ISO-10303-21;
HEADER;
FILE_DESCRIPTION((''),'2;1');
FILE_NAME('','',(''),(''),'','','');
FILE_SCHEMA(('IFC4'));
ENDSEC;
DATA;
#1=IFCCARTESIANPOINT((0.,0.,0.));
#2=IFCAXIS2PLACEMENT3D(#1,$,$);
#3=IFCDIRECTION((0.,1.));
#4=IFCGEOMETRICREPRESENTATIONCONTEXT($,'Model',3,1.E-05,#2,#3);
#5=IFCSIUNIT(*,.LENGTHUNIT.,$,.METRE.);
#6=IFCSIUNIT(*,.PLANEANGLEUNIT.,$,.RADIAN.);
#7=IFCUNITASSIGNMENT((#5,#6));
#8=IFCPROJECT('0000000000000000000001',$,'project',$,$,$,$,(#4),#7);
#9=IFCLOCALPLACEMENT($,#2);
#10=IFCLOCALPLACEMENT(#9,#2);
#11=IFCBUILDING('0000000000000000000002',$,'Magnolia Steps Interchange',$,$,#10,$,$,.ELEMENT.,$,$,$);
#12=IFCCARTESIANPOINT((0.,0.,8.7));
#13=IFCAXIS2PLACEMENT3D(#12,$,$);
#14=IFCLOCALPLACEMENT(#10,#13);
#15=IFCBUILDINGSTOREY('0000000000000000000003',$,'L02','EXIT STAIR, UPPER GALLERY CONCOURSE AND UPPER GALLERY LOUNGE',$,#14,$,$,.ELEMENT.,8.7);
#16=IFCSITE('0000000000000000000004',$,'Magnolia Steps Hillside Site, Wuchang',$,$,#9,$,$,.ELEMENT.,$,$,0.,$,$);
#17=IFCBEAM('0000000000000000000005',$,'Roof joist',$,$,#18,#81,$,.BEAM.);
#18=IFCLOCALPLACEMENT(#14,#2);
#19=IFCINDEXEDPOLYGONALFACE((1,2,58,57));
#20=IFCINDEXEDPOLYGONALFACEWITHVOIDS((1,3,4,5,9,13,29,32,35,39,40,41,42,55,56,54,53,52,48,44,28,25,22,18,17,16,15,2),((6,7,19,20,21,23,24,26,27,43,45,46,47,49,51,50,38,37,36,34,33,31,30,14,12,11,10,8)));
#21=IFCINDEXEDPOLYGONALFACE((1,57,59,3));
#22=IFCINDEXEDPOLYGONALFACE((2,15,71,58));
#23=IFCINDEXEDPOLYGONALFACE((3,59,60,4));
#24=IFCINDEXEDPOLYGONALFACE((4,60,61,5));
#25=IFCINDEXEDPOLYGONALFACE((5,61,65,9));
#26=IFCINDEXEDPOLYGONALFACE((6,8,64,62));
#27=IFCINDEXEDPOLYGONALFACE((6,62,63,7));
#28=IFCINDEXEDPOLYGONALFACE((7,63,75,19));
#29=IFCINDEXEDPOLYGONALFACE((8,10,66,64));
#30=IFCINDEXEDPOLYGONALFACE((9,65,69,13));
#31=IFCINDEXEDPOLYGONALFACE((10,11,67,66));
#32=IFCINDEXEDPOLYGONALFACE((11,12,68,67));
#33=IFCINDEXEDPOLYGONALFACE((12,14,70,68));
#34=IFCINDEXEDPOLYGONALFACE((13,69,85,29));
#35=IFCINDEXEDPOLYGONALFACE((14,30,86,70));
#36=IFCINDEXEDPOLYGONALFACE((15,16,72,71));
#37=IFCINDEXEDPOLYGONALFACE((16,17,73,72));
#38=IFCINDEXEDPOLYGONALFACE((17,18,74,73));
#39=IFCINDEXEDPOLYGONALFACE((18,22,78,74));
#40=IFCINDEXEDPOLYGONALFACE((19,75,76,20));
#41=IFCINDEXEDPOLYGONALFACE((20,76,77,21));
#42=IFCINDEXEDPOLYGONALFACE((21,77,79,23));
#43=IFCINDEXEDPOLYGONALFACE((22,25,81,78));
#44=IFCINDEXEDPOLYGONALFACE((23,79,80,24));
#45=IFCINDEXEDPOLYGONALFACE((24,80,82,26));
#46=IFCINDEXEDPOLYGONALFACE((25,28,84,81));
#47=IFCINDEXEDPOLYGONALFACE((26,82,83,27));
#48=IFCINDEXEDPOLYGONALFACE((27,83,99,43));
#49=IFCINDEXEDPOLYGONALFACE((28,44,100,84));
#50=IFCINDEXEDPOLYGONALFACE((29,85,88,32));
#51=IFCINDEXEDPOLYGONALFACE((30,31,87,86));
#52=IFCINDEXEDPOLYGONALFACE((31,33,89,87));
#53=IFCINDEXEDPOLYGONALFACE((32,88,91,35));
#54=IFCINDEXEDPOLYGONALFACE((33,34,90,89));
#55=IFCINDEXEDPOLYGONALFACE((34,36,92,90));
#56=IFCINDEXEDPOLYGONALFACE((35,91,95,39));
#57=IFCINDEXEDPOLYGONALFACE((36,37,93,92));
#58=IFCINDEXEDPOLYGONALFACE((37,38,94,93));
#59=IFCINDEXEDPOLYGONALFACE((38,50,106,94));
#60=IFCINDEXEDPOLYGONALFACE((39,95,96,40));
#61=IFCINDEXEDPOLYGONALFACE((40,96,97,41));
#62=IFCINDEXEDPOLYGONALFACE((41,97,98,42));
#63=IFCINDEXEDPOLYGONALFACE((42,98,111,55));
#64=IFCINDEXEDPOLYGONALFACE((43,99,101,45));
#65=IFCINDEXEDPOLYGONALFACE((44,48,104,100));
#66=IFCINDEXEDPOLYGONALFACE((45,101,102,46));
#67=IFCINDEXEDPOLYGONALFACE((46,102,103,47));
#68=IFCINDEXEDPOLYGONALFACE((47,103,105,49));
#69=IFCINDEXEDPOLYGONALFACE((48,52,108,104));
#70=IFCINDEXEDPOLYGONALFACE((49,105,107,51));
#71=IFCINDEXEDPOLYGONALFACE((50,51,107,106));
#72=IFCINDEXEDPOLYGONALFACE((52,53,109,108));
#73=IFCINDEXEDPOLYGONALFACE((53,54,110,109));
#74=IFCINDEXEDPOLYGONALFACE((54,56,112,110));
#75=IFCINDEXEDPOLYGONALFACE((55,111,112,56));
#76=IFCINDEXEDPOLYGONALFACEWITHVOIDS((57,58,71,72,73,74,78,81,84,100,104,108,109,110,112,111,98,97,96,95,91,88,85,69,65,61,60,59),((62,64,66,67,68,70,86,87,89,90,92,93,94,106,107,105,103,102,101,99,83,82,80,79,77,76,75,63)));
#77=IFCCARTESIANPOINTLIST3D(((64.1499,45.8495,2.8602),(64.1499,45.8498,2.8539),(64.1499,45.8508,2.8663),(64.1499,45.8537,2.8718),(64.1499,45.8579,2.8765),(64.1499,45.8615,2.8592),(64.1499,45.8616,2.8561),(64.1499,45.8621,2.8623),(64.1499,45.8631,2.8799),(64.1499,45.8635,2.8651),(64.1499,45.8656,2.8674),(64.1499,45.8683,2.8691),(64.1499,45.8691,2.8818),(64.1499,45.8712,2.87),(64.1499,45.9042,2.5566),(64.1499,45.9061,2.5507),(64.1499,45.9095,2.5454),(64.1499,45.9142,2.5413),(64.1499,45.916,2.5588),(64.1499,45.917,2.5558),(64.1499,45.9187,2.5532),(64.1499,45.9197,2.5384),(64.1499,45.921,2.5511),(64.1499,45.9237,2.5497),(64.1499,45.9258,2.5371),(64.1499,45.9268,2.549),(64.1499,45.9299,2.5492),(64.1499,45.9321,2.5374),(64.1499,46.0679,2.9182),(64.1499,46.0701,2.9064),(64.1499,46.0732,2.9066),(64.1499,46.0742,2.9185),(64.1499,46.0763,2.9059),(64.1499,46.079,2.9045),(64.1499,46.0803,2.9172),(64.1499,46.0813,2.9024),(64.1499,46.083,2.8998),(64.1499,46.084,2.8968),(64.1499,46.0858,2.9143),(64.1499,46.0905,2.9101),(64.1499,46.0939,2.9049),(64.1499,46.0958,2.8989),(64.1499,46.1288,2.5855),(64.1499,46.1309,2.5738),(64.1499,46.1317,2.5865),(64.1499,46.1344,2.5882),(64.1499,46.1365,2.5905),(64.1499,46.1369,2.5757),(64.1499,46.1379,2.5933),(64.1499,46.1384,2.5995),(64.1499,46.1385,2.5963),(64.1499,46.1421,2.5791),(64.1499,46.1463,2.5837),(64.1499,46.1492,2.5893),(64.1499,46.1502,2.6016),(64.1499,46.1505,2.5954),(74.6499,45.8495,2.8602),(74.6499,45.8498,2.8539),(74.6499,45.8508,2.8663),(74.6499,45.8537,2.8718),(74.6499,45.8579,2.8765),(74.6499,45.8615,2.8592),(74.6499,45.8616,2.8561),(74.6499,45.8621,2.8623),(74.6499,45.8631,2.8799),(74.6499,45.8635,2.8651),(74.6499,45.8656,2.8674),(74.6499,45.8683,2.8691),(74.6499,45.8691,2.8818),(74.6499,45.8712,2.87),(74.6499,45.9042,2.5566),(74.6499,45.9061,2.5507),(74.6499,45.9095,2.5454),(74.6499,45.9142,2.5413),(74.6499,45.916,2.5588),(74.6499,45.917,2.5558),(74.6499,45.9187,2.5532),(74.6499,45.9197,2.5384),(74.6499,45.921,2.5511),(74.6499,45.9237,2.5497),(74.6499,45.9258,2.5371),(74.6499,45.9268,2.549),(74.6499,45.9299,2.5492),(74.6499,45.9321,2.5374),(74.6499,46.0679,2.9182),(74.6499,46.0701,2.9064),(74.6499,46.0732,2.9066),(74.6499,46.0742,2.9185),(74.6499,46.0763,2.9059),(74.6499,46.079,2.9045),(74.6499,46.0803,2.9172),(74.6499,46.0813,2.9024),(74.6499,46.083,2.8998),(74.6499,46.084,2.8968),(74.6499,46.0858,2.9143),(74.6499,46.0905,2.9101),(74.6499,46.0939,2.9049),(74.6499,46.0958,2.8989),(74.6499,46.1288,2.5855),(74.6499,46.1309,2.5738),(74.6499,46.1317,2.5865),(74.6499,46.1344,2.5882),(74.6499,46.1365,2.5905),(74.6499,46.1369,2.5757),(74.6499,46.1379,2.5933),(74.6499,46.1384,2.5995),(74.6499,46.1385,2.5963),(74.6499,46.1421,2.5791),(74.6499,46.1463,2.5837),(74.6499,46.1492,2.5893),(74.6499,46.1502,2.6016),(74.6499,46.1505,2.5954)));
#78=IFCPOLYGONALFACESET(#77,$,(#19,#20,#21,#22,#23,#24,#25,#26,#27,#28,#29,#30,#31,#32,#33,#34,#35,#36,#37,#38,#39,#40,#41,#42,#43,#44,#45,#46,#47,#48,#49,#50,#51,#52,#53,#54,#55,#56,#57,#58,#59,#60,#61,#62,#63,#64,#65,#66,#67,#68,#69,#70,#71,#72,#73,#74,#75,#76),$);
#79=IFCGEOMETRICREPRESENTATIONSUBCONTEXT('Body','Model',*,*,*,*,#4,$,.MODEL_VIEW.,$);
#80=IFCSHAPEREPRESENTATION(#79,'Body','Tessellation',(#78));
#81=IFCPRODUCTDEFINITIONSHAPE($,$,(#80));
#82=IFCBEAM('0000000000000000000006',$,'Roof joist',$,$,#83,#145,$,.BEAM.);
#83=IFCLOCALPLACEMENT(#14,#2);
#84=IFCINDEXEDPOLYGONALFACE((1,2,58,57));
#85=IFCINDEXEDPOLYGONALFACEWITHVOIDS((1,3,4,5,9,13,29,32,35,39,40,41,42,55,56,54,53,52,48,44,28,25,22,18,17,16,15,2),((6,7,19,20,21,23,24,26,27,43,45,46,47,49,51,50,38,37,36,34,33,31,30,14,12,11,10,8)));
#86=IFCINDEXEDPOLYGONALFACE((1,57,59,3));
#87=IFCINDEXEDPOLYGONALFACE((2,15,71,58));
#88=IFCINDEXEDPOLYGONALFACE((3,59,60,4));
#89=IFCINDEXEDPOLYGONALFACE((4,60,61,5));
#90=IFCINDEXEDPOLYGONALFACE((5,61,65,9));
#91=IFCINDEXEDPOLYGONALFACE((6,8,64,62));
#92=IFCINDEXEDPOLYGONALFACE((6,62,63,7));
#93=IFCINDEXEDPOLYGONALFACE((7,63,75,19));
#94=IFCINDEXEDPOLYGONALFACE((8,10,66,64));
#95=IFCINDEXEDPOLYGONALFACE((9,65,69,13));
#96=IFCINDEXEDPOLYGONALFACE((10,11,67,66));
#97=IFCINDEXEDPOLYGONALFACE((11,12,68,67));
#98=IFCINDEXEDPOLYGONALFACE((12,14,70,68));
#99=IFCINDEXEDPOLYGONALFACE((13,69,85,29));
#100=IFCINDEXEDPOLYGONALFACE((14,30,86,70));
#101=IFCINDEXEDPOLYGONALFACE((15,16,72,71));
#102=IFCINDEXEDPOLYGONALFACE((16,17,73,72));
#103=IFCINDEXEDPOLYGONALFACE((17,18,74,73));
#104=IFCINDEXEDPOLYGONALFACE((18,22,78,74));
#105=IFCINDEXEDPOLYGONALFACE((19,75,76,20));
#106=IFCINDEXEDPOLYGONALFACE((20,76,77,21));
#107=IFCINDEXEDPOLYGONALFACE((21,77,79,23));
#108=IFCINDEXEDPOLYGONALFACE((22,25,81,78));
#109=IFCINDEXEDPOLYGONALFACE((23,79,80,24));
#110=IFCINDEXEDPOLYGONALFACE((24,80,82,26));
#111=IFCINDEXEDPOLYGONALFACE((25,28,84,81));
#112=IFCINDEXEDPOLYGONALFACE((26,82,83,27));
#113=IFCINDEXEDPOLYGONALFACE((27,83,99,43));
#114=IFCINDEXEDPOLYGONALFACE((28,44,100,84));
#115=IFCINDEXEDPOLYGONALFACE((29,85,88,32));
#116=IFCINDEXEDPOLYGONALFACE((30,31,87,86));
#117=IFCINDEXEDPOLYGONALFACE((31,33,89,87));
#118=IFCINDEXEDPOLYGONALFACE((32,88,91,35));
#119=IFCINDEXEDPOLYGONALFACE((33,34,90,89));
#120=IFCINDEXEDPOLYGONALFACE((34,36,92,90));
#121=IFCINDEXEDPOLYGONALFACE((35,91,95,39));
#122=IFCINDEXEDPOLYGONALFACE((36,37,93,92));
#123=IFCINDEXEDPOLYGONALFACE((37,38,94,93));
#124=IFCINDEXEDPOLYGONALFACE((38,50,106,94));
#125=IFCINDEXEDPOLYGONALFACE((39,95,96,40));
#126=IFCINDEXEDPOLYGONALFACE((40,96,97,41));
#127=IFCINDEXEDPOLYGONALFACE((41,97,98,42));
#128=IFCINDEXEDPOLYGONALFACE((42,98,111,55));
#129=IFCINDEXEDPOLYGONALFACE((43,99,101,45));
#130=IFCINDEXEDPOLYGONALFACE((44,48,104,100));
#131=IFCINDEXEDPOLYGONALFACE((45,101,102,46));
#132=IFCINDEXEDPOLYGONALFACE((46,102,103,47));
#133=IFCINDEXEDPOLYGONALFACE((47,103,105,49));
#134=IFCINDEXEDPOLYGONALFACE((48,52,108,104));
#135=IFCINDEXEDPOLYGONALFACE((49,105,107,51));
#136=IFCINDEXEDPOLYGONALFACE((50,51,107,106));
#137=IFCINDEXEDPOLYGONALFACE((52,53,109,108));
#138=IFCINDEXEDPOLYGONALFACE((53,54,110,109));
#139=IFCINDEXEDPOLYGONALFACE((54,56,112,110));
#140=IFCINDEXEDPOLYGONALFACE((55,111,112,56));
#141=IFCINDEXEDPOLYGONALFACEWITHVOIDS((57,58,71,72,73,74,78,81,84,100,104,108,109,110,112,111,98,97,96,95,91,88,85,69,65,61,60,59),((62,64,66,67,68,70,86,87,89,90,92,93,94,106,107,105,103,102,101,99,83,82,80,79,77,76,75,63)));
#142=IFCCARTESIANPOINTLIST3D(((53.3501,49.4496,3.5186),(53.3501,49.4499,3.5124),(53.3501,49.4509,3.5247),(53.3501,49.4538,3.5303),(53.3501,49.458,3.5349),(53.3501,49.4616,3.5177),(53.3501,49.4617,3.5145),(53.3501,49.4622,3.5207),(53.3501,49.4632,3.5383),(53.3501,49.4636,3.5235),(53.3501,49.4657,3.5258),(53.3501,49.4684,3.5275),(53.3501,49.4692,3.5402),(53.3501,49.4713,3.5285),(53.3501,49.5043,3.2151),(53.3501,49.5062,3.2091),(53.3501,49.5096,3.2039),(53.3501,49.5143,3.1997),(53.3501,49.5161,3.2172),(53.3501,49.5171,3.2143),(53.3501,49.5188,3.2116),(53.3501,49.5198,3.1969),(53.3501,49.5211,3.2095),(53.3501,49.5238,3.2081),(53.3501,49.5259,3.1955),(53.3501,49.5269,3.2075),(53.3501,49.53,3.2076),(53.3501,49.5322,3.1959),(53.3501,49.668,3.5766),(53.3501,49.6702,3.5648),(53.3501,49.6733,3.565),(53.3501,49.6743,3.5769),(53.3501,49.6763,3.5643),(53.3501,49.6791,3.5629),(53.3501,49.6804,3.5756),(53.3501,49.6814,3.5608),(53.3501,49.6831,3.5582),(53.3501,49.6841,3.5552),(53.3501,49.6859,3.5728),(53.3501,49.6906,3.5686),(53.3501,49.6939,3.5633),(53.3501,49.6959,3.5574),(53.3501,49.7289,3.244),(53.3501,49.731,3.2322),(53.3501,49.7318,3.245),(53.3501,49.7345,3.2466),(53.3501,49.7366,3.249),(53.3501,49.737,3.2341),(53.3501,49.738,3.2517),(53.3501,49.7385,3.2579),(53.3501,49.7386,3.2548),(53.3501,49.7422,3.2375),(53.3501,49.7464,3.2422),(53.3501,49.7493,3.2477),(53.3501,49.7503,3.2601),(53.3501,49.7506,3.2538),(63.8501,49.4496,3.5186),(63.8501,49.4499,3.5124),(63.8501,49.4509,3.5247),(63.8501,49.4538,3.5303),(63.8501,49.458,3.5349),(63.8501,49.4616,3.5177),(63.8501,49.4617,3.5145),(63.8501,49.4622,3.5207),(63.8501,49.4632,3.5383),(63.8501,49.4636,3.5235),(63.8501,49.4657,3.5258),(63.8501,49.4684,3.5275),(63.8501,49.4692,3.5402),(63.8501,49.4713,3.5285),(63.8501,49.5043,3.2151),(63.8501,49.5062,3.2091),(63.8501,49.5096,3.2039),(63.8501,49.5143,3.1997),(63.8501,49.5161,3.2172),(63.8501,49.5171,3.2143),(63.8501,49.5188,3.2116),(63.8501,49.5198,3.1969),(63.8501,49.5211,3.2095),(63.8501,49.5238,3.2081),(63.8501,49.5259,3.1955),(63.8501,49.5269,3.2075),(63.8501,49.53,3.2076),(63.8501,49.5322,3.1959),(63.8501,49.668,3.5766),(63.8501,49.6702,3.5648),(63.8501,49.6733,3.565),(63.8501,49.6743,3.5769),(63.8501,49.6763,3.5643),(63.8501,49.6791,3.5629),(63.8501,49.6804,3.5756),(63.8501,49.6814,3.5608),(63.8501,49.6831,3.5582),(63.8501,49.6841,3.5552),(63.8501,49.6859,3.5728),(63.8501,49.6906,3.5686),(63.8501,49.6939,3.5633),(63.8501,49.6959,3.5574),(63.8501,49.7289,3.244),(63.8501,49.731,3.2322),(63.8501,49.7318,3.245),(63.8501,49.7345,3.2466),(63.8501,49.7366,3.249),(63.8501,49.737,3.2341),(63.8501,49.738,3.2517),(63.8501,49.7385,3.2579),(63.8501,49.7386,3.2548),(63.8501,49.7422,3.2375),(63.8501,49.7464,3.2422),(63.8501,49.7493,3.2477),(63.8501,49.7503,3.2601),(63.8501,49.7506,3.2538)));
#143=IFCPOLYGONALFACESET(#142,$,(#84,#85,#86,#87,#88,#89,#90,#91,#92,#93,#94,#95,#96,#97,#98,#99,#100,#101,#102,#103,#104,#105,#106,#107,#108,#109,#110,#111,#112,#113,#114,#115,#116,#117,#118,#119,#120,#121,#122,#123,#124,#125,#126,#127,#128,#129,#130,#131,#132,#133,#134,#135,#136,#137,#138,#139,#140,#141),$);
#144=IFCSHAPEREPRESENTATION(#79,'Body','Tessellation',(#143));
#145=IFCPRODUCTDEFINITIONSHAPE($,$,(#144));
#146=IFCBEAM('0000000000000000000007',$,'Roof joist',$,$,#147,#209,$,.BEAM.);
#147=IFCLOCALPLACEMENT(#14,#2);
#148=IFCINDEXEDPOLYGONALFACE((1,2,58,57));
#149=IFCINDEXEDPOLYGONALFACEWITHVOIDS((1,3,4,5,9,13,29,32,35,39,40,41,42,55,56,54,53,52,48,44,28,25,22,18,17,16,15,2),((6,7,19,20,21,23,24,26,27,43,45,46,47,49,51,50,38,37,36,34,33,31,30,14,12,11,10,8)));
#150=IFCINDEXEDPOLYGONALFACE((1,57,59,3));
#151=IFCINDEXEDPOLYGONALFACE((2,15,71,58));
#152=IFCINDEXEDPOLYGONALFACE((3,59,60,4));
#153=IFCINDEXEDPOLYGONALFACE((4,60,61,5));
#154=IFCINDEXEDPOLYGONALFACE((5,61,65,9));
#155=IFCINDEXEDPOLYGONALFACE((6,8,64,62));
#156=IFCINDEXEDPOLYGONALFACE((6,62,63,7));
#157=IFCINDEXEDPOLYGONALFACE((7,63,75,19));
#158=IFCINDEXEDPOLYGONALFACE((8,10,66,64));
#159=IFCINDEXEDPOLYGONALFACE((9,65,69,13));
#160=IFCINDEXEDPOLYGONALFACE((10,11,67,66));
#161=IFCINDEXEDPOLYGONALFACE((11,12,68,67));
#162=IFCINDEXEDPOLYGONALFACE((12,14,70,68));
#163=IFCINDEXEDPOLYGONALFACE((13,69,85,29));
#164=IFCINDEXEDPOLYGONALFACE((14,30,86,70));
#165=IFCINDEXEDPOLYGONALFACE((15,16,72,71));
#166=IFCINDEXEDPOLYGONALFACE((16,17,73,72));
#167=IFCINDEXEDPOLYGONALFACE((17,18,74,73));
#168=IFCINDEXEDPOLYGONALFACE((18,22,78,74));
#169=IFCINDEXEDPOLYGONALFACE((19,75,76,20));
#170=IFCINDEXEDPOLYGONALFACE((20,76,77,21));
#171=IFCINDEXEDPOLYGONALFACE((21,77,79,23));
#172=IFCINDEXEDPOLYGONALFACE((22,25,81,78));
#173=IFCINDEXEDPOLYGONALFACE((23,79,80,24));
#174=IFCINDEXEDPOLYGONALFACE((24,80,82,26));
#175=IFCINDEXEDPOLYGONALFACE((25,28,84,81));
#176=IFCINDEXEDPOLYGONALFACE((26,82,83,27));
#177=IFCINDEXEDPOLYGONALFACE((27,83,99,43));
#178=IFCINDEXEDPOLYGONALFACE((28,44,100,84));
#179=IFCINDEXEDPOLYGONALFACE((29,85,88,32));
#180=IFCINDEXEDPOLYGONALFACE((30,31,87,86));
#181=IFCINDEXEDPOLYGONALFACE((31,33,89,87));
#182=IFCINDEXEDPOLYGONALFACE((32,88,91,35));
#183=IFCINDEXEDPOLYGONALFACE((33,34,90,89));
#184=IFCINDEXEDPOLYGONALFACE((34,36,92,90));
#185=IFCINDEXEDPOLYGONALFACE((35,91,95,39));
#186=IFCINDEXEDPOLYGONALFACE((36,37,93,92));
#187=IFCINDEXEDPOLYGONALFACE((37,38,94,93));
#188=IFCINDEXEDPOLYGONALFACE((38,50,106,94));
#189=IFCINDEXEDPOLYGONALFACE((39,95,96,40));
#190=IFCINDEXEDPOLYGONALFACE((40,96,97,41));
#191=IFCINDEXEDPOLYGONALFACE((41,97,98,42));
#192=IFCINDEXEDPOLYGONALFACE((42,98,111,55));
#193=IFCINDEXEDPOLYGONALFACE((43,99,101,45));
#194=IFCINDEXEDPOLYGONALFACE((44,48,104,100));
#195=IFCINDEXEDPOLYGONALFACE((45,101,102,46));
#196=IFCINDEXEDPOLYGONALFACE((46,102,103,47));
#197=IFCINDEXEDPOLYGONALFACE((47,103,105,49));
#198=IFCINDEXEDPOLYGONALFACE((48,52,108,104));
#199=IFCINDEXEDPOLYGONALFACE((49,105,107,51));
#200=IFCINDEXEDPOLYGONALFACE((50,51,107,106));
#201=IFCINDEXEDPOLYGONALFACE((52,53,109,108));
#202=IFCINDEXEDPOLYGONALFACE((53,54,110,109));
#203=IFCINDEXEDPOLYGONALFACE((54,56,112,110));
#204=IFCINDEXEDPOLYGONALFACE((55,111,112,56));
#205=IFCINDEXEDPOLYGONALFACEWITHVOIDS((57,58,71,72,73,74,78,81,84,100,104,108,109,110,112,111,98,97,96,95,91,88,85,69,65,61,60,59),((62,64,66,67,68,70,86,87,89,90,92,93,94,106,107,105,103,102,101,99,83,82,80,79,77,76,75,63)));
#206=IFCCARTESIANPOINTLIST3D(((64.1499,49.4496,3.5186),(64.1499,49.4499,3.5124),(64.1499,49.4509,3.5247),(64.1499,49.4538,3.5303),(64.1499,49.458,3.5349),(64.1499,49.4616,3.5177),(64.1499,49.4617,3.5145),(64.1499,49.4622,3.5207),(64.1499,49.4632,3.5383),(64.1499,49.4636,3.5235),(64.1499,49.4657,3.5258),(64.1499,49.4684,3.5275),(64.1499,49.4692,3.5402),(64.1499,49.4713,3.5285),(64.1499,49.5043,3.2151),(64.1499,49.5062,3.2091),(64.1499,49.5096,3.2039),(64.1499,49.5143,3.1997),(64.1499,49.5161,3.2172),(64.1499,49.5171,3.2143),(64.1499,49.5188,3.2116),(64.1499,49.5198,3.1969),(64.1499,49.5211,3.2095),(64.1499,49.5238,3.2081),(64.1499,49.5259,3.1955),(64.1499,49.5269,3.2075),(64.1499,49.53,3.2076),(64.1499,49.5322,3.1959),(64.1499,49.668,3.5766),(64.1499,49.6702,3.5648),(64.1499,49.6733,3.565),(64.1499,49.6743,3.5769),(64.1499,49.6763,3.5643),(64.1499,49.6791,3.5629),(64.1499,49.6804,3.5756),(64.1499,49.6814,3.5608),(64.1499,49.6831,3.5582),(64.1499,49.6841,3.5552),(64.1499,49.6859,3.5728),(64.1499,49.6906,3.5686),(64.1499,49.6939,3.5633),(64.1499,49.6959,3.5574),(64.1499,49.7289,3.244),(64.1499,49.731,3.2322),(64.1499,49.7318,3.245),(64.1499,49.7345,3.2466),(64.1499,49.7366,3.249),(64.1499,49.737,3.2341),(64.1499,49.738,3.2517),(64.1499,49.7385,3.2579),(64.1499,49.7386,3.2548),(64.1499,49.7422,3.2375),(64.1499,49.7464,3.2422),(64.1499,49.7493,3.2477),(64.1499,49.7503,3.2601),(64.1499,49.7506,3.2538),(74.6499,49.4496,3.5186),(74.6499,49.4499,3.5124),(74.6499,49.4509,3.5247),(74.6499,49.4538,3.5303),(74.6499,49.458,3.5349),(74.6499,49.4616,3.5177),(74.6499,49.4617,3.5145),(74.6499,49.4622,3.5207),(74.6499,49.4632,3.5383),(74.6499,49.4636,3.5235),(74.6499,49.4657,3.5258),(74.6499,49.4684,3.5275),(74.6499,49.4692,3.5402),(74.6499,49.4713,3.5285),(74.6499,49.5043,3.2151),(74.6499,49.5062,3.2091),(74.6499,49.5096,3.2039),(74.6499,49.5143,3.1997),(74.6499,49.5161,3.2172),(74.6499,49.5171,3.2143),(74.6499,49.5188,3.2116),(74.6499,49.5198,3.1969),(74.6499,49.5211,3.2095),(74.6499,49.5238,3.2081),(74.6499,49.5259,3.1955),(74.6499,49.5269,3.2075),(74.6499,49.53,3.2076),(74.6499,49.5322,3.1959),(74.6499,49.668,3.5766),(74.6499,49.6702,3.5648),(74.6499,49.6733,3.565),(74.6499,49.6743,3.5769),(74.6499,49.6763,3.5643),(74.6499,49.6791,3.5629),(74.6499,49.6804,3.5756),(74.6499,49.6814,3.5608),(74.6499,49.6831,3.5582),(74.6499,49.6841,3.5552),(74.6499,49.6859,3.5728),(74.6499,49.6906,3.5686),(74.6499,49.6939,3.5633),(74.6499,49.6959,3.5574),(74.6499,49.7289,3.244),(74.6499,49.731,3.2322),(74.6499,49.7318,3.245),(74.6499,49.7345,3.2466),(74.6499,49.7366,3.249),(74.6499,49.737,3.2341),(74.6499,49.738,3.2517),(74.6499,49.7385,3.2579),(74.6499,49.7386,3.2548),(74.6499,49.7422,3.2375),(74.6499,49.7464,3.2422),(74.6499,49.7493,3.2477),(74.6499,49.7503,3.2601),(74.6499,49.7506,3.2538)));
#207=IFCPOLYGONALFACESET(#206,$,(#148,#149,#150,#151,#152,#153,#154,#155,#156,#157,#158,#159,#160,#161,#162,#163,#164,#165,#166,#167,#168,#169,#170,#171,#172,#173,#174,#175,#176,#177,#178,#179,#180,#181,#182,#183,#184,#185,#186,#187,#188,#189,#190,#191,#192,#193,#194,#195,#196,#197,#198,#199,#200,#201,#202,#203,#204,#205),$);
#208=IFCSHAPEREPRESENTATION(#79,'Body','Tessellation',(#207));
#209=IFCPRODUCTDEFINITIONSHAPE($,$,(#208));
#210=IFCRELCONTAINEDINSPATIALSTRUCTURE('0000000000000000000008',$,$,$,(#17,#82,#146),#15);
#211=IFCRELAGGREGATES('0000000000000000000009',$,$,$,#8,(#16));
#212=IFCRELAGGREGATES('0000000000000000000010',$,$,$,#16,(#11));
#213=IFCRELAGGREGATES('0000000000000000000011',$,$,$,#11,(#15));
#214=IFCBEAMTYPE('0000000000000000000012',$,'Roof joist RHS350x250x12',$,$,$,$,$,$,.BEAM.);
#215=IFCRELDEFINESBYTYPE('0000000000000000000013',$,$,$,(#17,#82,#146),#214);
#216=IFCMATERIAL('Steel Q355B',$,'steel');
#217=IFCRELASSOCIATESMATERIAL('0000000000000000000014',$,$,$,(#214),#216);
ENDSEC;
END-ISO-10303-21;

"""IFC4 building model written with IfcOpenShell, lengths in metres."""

from ifc_helpers import new_model, si_unit, direction, frame, origin, origin_2d, place, context, subcontext, project, spatial, hollow_rectangle, extrude, material, material_profile, profile_set, type_object, element, save


model = new_model("IFC4")

# Units and contexts
model_context = context("Model", 3, precision=1e-05, world=origin(), true_north=direction((0.0, 1.0)))
body_context = subcontext(model_context, "Body", "Model", "MODEL_VIEW")
ifc_project = project(units=[si_unit("LENGTHUNIT", "METRE"), si_unit("PLANEANGLEUNIT", "RADIAN")], contexts=[model_context])

# Site, building, storey
site_placement = place(None, origin())
site = spatial("IfcSite", under=ifc_project, at=site_placement, Name="Magnolia Steps Hillside Site, Wuchang", CompositionType="ELEMENT", RefElevation=0.0)
building_placement = place(site_placement, origin())
building = spatial("IfcBuilding", under=site, at=building_placement, Name="Magnolia Steps Interchange", CompositionType="ELEMENT")
storey_placement = place(building_placement, frame((0.0, 0.0, 8.7)))
storey = spatial("IfcBuildingStorey", under=building, at=storey_placement, Name="L02", Description="EXIT STAIR, UPPER GALLERY CONCOURSE AND UPPER GALLERY LOUNGE", CompositionType="ELEMENT", Elevation=8.7)

# Beams
ifc_material_1 = material(Name="Steel Q355B", Category="steel")
ifc_material_profile_1 = material_profile(ifc_material_1, hollow_rectangle(XDim=0.25, YDim=0.3501, WallThickness=0.012, InnerFilletRadius=0.012, OuterFilletRadius=0.0239, at=origin_2d()), Name="RHS350x250x12")
ifc_profile_set_1 = profile_set([ifc_material_profile_1], Name="Steel Q355B")
beam_type_1 = type_object("IfcBeamType", Name="Roof joist RHS350x250x12", PredefinedType="BEAM", material=ifc_profile_set_1)
for number, where, z_axis, x_axis, name in (
    (1, (64.1499, 46.0, 2.7278), (1.0, 0.0, 0.0), (0.0, 0.983677, 0.179941), "Roof joist"),
    (2, (53.3501, 49.6001, 3.3862), (1.0, 0.0, 0.0), (0.0, 0.983677, 0.179941), "Roof joist"),
    (3, (64.1499, 49.6001, 3.3862), (1.0, 0.0, 0.0), (0.0, 0.983677, 0.179941), "Roof joist"),
):
    element("IfcBeam", number, at=place(storey_placement, frame(where, z_axis=z_axis, x_axis=x_axis)), inside=storey, type_object=beam_type_1, Name=name, PredefinedType="BEAM", context=body_context, shape_type="SweptSolid", body=[
        extrude(hollow_rectangle(XDim=0.25, YDim=0.3501, WallThickness=0.012, InnerFilletRadius=0.012, OuterFilletRadius=0.0239, at=origin_2d()), origin(), (0.0, 0.0, 1.0), 10.5),
    ])

save(model, "model.ifc")
